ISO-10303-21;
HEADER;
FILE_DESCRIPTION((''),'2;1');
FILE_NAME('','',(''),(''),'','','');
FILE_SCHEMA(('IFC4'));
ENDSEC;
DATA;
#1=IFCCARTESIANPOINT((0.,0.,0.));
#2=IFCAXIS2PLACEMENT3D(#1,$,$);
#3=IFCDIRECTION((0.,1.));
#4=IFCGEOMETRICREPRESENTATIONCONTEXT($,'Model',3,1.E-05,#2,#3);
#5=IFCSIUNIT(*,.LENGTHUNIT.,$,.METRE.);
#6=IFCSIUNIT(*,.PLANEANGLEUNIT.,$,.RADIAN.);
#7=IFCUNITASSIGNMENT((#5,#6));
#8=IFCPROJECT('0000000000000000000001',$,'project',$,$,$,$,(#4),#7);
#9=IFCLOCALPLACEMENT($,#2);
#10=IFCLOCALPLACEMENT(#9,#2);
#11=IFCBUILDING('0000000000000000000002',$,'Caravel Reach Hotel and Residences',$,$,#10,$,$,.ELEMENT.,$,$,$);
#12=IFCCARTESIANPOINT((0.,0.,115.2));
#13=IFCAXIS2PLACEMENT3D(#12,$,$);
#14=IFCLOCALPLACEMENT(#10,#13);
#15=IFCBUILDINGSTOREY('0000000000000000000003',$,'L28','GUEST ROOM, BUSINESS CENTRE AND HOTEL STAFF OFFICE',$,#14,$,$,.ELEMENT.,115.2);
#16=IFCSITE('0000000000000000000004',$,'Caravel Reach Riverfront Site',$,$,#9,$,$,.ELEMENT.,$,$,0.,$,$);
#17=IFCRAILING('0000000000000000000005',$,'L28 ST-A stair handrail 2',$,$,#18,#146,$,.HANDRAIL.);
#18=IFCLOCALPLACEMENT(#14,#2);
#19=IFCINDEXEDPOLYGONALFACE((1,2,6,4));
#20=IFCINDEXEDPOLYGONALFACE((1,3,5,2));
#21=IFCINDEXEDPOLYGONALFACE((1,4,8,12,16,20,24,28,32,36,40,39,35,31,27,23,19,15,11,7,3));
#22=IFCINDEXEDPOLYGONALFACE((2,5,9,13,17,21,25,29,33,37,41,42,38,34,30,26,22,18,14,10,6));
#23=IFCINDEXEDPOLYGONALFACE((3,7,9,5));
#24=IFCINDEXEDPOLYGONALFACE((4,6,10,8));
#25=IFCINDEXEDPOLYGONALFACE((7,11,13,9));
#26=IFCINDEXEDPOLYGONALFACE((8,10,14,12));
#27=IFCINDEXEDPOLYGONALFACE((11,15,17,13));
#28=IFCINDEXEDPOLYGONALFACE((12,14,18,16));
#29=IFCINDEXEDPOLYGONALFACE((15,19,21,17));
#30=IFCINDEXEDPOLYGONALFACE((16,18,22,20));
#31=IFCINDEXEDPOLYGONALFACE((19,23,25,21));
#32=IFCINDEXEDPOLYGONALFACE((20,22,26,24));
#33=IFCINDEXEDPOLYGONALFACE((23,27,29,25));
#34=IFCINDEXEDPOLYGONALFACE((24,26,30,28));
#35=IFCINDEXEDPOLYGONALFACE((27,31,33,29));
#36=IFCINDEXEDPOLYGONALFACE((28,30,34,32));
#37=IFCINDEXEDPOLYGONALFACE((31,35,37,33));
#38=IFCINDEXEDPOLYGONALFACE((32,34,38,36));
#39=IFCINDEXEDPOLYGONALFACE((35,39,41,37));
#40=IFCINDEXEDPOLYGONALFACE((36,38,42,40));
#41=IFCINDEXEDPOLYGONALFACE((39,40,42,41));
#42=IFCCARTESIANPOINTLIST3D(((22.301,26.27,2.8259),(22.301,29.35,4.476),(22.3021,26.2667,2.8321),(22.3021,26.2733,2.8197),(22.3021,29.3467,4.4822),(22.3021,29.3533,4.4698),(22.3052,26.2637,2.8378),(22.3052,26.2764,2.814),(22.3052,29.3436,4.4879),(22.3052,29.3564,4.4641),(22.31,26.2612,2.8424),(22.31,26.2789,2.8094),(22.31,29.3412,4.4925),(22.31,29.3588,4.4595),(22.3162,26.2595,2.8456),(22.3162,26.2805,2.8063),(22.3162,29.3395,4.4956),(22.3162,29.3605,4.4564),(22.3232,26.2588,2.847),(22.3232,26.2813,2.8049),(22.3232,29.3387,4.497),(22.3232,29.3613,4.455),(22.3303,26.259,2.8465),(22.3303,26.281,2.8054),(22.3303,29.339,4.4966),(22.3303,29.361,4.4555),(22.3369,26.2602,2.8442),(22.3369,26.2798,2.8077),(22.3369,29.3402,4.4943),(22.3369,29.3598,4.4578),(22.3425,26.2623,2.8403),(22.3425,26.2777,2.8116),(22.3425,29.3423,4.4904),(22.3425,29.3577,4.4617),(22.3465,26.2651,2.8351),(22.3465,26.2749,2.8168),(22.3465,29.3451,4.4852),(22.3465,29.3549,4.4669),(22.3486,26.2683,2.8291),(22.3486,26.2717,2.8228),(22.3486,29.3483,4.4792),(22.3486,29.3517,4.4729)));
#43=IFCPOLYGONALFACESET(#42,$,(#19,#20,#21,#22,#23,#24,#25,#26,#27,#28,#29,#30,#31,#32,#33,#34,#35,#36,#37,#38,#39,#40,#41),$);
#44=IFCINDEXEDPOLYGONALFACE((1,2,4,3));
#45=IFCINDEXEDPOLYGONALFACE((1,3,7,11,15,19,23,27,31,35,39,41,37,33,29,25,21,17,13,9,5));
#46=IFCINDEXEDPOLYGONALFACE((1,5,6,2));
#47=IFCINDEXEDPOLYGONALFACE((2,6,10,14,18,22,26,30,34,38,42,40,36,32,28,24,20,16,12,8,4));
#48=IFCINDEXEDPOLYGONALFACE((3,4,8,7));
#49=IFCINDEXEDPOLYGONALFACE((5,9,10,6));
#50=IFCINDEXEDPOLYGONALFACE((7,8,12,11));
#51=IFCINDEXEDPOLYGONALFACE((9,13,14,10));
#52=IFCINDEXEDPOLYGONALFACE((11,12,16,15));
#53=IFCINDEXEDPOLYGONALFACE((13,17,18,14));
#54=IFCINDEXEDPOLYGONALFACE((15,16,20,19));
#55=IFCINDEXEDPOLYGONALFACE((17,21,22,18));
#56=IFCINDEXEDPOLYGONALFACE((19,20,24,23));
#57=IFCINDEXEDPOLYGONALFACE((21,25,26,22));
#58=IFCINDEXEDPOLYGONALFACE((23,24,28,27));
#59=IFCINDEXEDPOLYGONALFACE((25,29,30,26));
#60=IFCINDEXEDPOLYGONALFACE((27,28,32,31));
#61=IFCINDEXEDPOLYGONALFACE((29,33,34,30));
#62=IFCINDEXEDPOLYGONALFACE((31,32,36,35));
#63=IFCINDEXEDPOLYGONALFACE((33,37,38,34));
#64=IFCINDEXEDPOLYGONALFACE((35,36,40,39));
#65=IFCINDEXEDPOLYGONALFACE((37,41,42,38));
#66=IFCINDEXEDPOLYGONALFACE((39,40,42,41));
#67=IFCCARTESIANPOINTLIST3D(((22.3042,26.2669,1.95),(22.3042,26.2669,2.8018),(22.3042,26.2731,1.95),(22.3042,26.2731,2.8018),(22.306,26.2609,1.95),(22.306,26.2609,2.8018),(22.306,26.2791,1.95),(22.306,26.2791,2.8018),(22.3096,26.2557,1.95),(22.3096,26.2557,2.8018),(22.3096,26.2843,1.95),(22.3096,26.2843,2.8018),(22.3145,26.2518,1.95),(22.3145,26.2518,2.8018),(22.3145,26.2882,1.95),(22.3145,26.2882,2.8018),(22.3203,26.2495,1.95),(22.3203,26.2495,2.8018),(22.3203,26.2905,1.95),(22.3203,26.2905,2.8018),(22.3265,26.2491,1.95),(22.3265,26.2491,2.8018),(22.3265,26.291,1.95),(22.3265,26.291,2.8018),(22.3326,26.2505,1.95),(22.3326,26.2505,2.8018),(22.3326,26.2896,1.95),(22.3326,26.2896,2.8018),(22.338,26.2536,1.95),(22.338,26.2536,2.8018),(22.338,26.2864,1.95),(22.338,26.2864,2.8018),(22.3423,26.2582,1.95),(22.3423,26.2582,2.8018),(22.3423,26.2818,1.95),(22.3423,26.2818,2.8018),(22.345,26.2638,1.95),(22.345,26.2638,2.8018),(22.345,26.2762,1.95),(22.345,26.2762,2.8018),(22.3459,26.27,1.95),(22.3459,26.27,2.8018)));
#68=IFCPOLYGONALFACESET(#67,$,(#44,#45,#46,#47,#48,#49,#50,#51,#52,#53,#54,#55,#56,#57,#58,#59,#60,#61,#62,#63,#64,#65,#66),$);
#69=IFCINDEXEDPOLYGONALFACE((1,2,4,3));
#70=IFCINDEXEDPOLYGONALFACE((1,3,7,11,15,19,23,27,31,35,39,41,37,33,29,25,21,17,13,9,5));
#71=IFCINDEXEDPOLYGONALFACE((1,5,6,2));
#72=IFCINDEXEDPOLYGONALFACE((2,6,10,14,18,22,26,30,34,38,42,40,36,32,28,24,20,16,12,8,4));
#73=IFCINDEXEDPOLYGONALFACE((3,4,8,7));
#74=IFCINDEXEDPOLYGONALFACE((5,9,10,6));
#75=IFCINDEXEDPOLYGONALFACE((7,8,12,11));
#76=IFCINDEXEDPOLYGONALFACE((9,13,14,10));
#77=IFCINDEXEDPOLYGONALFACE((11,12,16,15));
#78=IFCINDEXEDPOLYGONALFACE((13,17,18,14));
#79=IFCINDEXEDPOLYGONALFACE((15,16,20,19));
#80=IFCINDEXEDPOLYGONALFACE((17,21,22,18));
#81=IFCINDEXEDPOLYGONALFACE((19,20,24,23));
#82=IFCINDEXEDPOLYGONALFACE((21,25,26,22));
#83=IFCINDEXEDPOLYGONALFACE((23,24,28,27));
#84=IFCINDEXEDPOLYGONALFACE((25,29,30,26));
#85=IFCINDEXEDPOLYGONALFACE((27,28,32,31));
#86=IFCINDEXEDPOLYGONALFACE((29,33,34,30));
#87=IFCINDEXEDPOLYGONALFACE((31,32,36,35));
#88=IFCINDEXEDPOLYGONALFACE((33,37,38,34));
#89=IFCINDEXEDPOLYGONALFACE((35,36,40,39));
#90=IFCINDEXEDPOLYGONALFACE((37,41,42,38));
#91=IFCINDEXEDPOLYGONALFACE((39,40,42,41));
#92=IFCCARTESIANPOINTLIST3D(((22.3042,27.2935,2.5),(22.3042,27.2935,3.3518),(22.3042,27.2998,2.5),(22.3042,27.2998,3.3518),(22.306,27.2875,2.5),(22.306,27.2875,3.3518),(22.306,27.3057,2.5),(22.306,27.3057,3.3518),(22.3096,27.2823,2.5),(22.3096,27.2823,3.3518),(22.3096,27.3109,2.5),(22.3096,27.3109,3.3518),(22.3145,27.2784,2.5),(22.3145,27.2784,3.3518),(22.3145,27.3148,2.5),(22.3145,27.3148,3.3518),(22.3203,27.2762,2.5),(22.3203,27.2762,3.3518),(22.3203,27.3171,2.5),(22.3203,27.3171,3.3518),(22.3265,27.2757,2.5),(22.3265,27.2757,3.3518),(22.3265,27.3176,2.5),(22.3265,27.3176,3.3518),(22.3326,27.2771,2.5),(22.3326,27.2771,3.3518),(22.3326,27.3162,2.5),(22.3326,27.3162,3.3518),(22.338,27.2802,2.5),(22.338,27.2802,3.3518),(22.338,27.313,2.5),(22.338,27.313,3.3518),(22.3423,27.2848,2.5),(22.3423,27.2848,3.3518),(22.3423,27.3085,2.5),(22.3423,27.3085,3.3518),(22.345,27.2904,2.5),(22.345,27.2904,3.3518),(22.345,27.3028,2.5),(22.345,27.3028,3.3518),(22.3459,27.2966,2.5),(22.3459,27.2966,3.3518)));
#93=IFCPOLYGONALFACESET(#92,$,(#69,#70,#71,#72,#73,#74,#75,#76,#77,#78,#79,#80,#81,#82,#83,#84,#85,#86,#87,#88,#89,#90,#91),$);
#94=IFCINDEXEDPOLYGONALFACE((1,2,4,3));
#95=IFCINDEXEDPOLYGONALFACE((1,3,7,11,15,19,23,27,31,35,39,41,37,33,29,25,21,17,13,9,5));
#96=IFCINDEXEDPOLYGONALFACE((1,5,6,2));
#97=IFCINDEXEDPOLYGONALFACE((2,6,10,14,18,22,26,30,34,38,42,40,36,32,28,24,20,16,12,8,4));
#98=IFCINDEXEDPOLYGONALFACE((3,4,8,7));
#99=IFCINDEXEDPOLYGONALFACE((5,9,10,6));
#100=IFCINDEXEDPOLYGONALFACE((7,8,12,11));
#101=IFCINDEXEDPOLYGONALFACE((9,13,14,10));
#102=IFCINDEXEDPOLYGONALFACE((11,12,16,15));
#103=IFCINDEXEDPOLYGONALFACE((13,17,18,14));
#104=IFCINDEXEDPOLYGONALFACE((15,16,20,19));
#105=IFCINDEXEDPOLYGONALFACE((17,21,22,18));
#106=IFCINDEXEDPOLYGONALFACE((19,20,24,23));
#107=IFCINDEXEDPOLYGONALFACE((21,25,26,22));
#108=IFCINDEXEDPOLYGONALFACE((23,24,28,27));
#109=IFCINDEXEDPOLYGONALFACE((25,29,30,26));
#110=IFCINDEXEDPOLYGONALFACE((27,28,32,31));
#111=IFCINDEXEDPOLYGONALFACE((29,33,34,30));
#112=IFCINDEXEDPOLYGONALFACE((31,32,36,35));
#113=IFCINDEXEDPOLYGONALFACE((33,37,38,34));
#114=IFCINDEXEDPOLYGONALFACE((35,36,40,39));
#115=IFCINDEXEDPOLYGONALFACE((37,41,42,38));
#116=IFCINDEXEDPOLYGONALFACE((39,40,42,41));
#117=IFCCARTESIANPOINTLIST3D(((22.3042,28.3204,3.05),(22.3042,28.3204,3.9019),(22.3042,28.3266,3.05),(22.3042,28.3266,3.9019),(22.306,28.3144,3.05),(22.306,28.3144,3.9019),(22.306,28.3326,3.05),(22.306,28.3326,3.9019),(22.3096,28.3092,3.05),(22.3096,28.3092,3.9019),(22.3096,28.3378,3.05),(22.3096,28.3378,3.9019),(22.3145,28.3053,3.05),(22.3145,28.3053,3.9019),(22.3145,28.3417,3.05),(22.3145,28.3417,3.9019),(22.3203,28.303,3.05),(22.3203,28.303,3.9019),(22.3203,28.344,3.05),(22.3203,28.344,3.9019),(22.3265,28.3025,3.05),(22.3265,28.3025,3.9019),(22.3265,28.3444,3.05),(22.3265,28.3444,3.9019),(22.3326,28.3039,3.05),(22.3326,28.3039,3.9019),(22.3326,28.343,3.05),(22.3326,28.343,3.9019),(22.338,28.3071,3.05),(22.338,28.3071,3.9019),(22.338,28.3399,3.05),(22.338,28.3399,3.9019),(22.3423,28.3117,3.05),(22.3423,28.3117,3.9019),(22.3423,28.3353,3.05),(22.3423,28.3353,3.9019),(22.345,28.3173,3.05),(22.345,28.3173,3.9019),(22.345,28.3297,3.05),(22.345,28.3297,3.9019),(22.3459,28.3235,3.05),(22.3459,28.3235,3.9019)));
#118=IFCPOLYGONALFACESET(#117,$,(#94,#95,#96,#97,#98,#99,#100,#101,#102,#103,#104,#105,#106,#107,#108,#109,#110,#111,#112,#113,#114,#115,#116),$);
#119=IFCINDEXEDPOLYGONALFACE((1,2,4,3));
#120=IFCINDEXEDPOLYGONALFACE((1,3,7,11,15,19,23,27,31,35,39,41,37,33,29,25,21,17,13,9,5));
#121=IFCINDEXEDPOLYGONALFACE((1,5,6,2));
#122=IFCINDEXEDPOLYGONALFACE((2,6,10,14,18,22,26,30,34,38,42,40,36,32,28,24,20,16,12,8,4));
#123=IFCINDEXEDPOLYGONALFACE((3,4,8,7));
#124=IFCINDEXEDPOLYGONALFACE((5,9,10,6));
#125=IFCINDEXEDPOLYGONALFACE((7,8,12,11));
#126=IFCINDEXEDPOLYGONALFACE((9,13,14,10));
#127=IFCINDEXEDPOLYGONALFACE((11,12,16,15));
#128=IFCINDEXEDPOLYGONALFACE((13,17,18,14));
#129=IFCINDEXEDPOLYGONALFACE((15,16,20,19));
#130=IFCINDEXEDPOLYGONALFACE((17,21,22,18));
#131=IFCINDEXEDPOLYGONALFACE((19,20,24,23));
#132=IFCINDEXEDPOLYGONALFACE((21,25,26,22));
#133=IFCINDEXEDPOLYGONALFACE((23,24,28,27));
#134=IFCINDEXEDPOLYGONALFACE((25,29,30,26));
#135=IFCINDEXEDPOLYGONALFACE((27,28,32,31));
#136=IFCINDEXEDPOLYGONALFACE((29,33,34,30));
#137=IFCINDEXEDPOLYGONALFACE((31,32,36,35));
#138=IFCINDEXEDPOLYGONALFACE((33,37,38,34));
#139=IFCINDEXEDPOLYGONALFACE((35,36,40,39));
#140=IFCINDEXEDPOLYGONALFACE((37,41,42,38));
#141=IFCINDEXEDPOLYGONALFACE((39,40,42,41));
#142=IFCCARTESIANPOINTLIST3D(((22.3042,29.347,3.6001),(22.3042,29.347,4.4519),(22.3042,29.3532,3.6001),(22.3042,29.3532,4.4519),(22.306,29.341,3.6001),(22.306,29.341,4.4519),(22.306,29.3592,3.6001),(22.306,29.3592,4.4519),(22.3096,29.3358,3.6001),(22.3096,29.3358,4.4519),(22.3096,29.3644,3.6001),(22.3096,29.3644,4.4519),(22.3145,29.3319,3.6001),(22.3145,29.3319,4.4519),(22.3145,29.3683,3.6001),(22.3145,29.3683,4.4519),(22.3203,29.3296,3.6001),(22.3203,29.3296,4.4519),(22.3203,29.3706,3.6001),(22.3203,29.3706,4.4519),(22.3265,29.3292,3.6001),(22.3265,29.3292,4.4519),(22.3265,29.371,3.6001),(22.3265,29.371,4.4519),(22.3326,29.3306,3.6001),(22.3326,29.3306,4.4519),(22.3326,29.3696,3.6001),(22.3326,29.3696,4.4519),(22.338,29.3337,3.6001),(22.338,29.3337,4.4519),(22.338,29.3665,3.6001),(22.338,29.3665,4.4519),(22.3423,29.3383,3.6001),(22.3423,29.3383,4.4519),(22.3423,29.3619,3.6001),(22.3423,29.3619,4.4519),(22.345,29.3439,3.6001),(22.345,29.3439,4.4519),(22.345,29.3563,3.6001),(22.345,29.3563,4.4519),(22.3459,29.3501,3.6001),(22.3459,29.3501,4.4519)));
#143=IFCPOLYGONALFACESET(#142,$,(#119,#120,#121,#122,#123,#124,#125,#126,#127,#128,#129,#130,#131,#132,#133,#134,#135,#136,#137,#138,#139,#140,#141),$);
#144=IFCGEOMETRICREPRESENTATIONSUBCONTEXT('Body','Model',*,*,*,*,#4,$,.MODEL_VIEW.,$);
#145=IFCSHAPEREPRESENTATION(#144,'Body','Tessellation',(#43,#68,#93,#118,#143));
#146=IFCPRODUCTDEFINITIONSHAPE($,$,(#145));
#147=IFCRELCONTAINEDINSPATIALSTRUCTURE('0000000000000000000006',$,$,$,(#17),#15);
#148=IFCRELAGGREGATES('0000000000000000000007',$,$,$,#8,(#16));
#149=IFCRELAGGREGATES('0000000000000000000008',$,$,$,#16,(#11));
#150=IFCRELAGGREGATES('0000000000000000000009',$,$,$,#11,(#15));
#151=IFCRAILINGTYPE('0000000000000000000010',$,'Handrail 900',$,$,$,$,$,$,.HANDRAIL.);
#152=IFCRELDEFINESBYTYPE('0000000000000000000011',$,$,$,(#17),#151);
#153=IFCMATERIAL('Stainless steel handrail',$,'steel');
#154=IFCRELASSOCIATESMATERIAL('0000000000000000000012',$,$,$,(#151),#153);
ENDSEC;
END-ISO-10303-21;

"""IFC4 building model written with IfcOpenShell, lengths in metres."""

from ifc_helpers import new_model, si_unit, direction, frame, origin, origin_2d, place, context, subcontext, project, spatial, circle, extrude, material, type_object, element, save


model = new_model("IFC4")

# Units and contexts
model_context = context("Model", 3, precision=1e-05, world=origin(), true_north=direction((0.0, 1.0)))
body_context = subcontext(model_context, "Body", "Model", "MODEL_VIEW")
ifc_project = project(units=[si_unit("LENGTHUNIT", "METRE"), si_unit("PLANEANGLEUNIT", "RADIAN")], contexts=[model_context])

# Site, building, storey
site_placement = place(None, origin())
site = spatial("IfcSite", under=ifc_project, at=site_placement, Name="Caravel Reach Riverfront Site", CompositionType="ELEMENT", RefElevation=0.0)
building_placement = place(site_placement, origin())
building = spatial("IfcBuilding", under=site, at=building_placement, Name="Caravel Reach Hotel and Residences", CompositionType="ELEMENT")
storey_placement = place(building_placement, frame((0.0, 0.0, 115.2)))
storey = spatial("IfcBuildingStorey", under=building, at=storey_placement, Name="L28", Description="GUEST ROOM, BUSINESS CENTRE AND HOTEL STAFF OFFICE", CompositionType="ELEMENT", Elevation=115.2)

# Railing
ifc_material_1 = material(Name="Stainless steel handrail", Category="steel")
railing_type_1 = type_object("IfcRailingType", Name="Handrail 900", PredefinedType="HANDRAIL", material=ifc_material_1)
railing_1_placement = place(storey_placement, frame((22.325, 26.27, 1.95)))
element("IfcRailing", 1, at=railing_1_placement, inside=storey, type_object=railing_type_1, Name="L28 ST-A stair handrail 2", PredefinedType="HANDRAIL", context=body_context, shape_type="SweptSolid", body=[
    extrude(circle(Radius=0.0239, at=origin_2d()), frame((0.0, 0.0, 0.876), z_axis=(0.0, 0.881468, 0.472245), x_axis=(-1.0, 0.0, 0.0)), (0.0, 0.0, 1.0), 3.4941),
    extrude(circle(Radius=0.021, at=origin_2d()), origin(), (0.0, 0.0, 1.0), 0.8518),
    extrude(circle(Radius=0.021, at=origin_2d()), frame((0.0, 1.0266, 0.55)), (0.0, 0.0, 1.0), 0.8518),
    extrude(circle(Radius=0.021, at=origin_2d()), frame((0.0, 2.0535, 1.1001)), (0.0, 0.0, 1.0), 0.8518),
    extrude(circle(Radius=0.021, at=origin_2d()), frame((0.0, 3.0801, 1.6501)), (0.0, 0.0, 1.0), 0.8518),
])

save(model, "model.ifc")
